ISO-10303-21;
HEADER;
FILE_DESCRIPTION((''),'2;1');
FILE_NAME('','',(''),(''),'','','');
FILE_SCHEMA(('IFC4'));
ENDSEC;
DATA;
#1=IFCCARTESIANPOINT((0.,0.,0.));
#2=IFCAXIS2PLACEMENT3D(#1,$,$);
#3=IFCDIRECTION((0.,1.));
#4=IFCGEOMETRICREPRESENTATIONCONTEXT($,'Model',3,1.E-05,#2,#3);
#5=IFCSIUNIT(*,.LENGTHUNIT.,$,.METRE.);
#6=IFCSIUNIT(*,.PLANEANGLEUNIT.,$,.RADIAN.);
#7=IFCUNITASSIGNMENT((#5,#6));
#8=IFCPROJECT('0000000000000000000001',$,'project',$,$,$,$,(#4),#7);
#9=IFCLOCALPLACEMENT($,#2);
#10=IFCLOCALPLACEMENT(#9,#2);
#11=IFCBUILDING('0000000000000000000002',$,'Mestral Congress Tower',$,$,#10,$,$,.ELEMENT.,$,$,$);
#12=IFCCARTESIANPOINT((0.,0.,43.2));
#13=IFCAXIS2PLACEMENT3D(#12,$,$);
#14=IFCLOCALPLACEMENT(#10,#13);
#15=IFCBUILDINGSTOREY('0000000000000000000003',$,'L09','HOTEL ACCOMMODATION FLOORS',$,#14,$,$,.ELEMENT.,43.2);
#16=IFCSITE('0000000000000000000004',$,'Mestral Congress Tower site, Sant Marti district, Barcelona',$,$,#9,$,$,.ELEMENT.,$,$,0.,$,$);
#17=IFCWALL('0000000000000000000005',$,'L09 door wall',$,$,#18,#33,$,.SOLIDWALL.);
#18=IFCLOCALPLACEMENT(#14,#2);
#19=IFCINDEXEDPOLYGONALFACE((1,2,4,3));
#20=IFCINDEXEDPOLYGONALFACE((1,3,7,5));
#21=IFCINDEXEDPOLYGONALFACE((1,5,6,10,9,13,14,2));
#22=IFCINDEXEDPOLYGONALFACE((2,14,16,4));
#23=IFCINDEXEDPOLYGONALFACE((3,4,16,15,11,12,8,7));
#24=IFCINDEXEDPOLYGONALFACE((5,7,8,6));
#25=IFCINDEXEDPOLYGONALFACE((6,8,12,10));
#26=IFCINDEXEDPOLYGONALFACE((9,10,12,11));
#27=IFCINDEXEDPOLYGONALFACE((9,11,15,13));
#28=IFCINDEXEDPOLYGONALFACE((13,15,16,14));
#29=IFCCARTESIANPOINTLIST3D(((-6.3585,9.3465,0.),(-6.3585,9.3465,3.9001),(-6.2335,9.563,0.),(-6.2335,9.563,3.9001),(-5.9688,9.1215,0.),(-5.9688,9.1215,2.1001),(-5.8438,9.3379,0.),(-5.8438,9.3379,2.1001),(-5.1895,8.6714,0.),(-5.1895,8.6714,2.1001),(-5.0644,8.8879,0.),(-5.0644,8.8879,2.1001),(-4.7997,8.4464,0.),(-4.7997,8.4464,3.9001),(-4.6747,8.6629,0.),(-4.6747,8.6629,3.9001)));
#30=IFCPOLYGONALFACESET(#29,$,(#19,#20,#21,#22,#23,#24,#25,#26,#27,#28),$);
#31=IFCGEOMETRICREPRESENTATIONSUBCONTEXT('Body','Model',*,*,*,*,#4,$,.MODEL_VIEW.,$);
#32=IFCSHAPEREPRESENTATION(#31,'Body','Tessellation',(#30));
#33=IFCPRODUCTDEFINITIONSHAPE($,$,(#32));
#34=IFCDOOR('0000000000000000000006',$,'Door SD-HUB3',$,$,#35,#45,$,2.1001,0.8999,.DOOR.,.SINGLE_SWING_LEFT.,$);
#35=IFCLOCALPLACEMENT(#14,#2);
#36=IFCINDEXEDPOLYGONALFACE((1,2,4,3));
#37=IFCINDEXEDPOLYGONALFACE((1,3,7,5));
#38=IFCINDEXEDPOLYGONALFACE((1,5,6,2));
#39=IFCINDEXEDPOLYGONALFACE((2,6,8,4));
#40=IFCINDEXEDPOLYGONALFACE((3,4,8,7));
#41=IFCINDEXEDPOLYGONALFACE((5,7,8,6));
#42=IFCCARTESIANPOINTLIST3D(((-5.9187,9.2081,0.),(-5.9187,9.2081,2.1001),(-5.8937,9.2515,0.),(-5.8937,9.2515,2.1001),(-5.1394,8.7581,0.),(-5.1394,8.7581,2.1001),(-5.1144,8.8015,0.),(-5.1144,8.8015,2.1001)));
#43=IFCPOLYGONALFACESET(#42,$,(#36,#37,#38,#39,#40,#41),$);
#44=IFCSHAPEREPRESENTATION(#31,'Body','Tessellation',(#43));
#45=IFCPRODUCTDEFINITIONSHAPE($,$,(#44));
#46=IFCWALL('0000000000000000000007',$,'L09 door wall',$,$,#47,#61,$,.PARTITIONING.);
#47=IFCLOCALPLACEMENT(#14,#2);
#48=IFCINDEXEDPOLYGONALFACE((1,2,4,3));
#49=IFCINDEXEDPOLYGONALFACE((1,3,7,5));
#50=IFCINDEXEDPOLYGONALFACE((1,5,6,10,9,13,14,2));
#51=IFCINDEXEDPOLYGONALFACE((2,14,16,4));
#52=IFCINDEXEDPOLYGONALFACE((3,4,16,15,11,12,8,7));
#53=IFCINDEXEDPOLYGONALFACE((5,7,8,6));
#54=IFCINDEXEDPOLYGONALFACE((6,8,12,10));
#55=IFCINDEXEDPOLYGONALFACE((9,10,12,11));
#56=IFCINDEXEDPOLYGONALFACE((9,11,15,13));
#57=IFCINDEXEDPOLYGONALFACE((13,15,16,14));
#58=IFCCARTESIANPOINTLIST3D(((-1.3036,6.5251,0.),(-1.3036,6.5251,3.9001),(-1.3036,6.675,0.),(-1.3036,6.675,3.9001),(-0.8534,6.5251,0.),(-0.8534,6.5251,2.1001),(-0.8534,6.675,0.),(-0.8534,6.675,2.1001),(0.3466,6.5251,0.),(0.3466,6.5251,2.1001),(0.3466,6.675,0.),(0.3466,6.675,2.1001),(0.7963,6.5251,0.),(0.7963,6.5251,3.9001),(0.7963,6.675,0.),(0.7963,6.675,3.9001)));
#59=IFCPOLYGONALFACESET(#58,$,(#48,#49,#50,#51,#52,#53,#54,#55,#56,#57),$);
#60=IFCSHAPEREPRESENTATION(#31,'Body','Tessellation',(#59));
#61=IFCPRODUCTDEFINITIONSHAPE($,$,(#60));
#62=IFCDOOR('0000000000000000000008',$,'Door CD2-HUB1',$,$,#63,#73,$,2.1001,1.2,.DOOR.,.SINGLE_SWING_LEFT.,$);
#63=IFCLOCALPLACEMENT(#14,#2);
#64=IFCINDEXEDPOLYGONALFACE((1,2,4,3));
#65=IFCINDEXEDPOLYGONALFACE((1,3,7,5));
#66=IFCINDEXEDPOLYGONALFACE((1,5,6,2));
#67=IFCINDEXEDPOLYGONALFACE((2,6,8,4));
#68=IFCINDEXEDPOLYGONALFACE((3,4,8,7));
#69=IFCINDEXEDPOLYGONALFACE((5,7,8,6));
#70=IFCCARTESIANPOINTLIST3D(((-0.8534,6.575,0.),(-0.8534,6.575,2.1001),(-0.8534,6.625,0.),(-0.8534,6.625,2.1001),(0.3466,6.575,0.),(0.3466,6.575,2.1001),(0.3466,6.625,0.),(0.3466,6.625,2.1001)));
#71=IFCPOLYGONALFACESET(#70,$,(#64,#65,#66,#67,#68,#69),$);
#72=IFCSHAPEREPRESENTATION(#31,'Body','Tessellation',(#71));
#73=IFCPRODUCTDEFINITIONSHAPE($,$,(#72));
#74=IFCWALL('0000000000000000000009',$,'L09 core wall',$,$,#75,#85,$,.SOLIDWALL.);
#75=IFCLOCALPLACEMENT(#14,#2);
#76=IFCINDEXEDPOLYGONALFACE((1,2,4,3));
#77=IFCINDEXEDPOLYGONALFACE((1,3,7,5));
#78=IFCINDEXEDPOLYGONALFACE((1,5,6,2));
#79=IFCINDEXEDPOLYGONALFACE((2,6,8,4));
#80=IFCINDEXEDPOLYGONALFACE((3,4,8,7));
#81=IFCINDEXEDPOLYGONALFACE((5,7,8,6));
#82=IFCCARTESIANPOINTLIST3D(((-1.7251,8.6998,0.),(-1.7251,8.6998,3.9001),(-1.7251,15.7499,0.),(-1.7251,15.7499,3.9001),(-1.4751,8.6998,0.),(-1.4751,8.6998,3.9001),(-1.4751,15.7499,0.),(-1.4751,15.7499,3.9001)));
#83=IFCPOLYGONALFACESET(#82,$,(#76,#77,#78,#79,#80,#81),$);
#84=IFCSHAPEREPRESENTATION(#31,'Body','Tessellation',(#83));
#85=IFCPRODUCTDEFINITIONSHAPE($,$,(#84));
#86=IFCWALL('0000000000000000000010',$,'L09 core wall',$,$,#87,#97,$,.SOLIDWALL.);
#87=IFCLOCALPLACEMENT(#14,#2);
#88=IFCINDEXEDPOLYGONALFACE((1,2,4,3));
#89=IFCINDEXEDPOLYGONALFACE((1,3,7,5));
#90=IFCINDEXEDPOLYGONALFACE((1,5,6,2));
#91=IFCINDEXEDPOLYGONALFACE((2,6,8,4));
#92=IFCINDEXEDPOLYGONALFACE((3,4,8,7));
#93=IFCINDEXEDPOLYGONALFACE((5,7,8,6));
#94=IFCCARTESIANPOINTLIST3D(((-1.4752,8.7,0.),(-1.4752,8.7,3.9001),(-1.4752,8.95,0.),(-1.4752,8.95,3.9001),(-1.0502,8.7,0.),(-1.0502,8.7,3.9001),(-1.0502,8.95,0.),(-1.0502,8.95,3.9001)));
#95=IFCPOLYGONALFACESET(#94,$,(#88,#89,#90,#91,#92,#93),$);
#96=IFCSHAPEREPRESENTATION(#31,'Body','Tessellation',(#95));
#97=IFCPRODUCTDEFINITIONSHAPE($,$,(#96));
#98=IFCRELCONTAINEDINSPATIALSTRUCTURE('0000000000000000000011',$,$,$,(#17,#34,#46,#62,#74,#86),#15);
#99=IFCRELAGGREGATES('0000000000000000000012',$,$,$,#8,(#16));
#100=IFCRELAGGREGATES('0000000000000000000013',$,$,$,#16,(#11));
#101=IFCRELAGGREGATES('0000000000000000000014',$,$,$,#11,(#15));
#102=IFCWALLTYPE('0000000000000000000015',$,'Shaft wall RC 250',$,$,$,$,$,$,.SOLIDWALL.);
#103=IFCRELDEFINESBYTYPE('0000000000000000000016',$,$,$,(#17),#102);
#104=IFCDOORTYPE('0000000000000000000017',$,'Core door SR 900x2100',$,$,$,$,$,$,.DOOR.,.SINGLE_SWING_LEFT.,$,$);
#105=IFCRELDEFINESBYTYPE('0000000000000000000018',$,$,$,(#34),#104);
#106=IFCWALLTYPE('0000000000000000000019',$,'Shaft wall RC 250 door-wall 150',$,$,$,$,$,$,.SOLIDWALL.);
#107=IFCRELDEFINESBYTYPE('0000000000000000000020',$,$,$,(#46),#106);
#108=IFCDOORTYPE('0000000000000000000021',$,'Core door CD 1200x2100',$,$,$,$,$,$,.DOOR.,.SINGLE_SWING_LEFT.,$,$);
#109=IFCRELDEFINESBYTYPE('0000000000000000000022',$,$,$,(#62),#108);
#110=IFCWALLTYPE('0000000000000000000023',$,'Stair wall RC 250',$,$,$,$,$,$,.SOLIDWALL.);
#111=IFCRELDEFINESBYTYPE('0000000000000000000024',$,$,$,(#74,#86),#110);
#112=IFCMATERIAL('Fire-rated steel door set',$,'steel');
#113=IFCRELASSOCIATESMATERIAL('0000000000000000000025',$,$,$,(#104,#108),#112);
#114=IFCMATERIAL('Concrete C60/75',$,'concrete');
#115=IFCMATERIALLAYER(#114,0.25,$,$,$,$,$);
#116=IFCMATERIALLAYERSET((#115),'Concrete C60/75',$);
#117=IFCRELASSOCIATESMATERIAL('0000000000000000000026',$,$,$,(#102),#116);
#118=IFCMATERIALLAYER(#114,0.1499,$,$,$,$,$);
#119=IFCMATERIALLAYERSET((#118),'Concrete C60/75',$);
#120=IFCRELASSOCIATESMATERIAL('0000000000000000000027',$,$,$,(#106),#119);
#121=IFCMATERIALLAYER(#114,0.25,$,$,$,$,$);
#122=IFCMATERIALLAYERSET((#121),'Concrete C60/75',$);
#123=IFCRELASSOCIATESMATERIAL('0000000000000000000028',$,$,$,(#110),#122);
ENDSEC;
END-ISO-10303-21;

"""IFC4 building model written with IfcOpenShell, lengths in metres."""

from ifc_helpers import new_model, si_unit, direction, frame, frame_2d, origin, place, context, subcontext, project, spatial, rectangle, extrude, material, layer, layer_set, type_object, element, fill, save


model = new_model("IFC4")

# Units and contexts
model_context = context("Model", 3, precision=1e-05, world=origin(), true_north=direction((0.0, 1.0)))
body_context = subcontext(model_context, "Body", "Model", "MODEL_VIEW")
ifc_project = project(units=[si_unit("LENGTHUNIT", "METRE"), si_unit("PLANEANGLEUNIT", "RADIAN")], contexts=[model_context])

# Site, building, storey
site_placement = place(None, origin())
site = spatial("IfcSite", under=ifc_project, at=site_placement, Name="Mestral Congress Tower site, Sant Marti district, Barcelona", CompositionType="ELEMENT", RefElevation=0.0)
building_placement = place(site_placement, origin())
building = spatial("IfcBuilding", under=site, at=building_placement, Name="Mestral Congress Tower", CompositionType="ELEMENT")
storey_placement = place(building_placement, frame((0.0, 0.0, 43.2)))
storey = spatial("IfcBuildingStorey", under=building, at=storey_placement, Name="L09", Description="HOTEL ACCOMMODATION FLOORS", CompositionType="ELEMENT", Elevation=43.2)

# Shared definitions
ifc_material_1 = material(Name="Fire-rated steel door set", Category="steel")
door_type_1 = type_object("IfcDoorType", Name="Core door SR 900x2100", OperationType="SINGLE_SWING_LEFT", PredefinedType="DOOR", material=ifc_material_1)

# Shared definitions
ifc_material_2 = material(Name="Concrete C60/75", Category="concrete")
ifc_layer_1 = layer(ifc_material_2, 0.25)
ifc_layer_set_1 = layer_set([ifc_layer_1], Name="Concrete C60/75")
wall_type_1 = type_object("IfcWallType", Name="Shaft wall RC 250", PredefinedType="SOLIDWALL", material=ifc_layer_set_1)

# Walls, openings, doors
wall_1_placement = place(storey_placement, frame((-4.7373, 8.5547, 0.0), z_axis=(0.0, 0.0, 1.0), x_axis=(-0.865989, 0.500063, 0.0)))
wall_1 = element("IfcWall", 1, at=wall_1_placement, inside=storey, type_object=wall_type_1, Name="L09 door wall", PredefinedType="SOLIDWALL", context=body_context, shape_type="SweptSolid", body=[
    extrude(rectangle(XDim=1.8, YDim=0.25, at=frame_2d((0.8999, 0.0))), origin(), (0.0, 0.0, 1.0), 3.9001),
])
opening_1_placement = place(wall_1_placement, frame((0.45, 0.0, 0.0)))
opening_1 = element("IfcOpeningElement", 2, at=opening_1_placement, cuts=wall_1, PredefinedType="OPENING", context=body_context, shape_type="SweptSolid", body=[
    extrude(rectangle(XDim=0.8999, YDim=2.1001, at=frame_2d((0.45, 1.05))), frame((0.0, 0.135, 0.0), z_axis=(0.0, -1.0, 0.0), x_axis=(1.0, 0.0, 0.0)), (0.0, 0.0, 1.0), 0.27),
])
door_1_placement = place(opening_1_placement, origin())
door_1 = element("IfcDoor", 3, at=door_1_placement, inside=storey, type_object=door_type_1, Name="Door SD-HUB3", OperationType="SINGLE_SWING_LEFT", OverallHeight=2.1001, OverallWidth=0.8999, PredefinedType="DOOR", context=body_context, shape_type="SweptSolid", body=[
    extrude(rectangle(XDim=0.8999, YDim=2.1001, at=frame_2d((0.45, 1.05))), frame((0.0, 0.0249, 0.0), z_axis=(0.0, -1.0, 0.0), x_axis=(1.0, 0.0, 0.0)), (0.0, 0.0, 1.0), 0.05),
])
fill(opening_1, door_1)
ifc_layer_2 = layer(ifc_material_2, 0.1499)
ifc_layer_set_2 = layer_set([ifc_layer_2], Name="Concrete C60/75")
wall_type_2 = type_object("IfcWallType", Name="Shaft wall RC 250 door-wall 150", PredefinedType="SOLIDWALL", material=ifc_layer_set_2)
wall_2_placement = place(storey_placement, frame((-1.3035, 6.6001, 0.0), z_axis=(0.0, 0.0, 1.0), x_axis=(1.0, 0.0, 0.0)))
wall_2 = element("IfcWall", 4, at=wall_2_placement, inside=storey, type_object=wall_type_2, Name="L09 door wall", PredefinedType="PARTITIONING", context=body_context, shape_type="SweptSolid", body=[
    extrude(rectangle(XDim=2.0999, YDim=0.1499, at=frame_2d((1.0498, 0.0))), origin(), (0.0, 0.0, 1.0), 3.9001),
])
opening_2_placement = place(wall_2_placement, frame((0.45, 0.0, 0.0)))
opening_2 = element("IfcOpeningElement", 5, at=opening_2_placement, cuts=wall_2, PredefinedType="OPENING", context=body_context, shape_type="SweptSolid", body=[
    extrude(rectangle(XDim=1.2, YDim=2.1001, at=frame_2d((0.6001, 1.05))), frame((0.0, 0.085, 0.0), z_axis=(0.0, -1.0, 0.0), x_axis=(1.0, 0.0, 0.0)), (0.0, 0.0, 1.0), 0.1699),
])
door_type_2 = type_object("IfcDoorType", Name="Core door CD 1200x2100", OperationType="SINGLE_SWING_LEFT", PredefinedType="DOOR", material=ifc_material_1)
door_2_placement = place(opening_2_placement, origin())
door_2 = element("IfcDoor", 6, at=door_2_placement, inside=storey, type_object=door_type_2, Name="Door CD2-HUB1", OperationType="SINGLE_SWING_LEFT", OverallHeight=2.1001, OverallWidth=1.2, PredefinedType="DOOR", context=body_context, shape_type="SweptSolid", body=[
    extrude(rectangle(XDim=1.2, YDim=2.1001, at=frame_2d((0.6001, 1.05))), frame((0.0, 0.0249, 0.0), z_axis=(0.0, -1.0, 0.0), x_axis=(1.0, 0.0, 0.0)), (0.0, 0.0, 1.0), 0.05),
])
fill(opening_2, door_2)

# Walls
ifc_layer_3 = layer(ifc_material_2, 0.25)
ifc_layer_set_3 = layer_set([ifc_layer_3], Name="Concrete C60/75")
wall_type_3 = type_object("IfcWallType", Name="Stair wall RC 250", PredefinedType="SOLIDWALL", material=ifc_layer_set_3)
wall_3_placement = place(storey_placement, frame((-1.6001, 8.7, 0.0), z_axis=(0.0, 0.0, 1.0), x_axis=(0.0, 1.0, 0.0)))
element("IfcWall", 7, at=wall_3_placement, inside=storey, type_object=wall_type_3, Name="L09 core wall", PredefinedType="SOLIDWALL", context=body_context, shape_type="SweptSolid", body=[
    extrude(rectangle(XDim=7.05, YDim=0.25, at=frame_2d((3.5249, 0.0))), origin(), (0.0, 0.0, 1.0), 3.9001),
])
wall_4_placement = place(storey_placement, frame((-1.4751, 8.825, 0.0), z_axis=(0.0, 0.0, 1.0), x_axis=(1.0, 0.0, 0.0)))
element("IfcWall", 8, at=wall_4_placement, inside=storey, type_object=wall_type_3, Name="L09 core wall", PredefinedType="SOLIDWALL", context=body_context, shape_type="SweptSolid", body=[
    extrude(rectangle(XDim=0.425, YDim=0.25, at=frame_2d((0.2124, 0.0))), origin(), (0.0, 0.0, 1.0), 3.9001),
])

save(model, "model.ifc")
